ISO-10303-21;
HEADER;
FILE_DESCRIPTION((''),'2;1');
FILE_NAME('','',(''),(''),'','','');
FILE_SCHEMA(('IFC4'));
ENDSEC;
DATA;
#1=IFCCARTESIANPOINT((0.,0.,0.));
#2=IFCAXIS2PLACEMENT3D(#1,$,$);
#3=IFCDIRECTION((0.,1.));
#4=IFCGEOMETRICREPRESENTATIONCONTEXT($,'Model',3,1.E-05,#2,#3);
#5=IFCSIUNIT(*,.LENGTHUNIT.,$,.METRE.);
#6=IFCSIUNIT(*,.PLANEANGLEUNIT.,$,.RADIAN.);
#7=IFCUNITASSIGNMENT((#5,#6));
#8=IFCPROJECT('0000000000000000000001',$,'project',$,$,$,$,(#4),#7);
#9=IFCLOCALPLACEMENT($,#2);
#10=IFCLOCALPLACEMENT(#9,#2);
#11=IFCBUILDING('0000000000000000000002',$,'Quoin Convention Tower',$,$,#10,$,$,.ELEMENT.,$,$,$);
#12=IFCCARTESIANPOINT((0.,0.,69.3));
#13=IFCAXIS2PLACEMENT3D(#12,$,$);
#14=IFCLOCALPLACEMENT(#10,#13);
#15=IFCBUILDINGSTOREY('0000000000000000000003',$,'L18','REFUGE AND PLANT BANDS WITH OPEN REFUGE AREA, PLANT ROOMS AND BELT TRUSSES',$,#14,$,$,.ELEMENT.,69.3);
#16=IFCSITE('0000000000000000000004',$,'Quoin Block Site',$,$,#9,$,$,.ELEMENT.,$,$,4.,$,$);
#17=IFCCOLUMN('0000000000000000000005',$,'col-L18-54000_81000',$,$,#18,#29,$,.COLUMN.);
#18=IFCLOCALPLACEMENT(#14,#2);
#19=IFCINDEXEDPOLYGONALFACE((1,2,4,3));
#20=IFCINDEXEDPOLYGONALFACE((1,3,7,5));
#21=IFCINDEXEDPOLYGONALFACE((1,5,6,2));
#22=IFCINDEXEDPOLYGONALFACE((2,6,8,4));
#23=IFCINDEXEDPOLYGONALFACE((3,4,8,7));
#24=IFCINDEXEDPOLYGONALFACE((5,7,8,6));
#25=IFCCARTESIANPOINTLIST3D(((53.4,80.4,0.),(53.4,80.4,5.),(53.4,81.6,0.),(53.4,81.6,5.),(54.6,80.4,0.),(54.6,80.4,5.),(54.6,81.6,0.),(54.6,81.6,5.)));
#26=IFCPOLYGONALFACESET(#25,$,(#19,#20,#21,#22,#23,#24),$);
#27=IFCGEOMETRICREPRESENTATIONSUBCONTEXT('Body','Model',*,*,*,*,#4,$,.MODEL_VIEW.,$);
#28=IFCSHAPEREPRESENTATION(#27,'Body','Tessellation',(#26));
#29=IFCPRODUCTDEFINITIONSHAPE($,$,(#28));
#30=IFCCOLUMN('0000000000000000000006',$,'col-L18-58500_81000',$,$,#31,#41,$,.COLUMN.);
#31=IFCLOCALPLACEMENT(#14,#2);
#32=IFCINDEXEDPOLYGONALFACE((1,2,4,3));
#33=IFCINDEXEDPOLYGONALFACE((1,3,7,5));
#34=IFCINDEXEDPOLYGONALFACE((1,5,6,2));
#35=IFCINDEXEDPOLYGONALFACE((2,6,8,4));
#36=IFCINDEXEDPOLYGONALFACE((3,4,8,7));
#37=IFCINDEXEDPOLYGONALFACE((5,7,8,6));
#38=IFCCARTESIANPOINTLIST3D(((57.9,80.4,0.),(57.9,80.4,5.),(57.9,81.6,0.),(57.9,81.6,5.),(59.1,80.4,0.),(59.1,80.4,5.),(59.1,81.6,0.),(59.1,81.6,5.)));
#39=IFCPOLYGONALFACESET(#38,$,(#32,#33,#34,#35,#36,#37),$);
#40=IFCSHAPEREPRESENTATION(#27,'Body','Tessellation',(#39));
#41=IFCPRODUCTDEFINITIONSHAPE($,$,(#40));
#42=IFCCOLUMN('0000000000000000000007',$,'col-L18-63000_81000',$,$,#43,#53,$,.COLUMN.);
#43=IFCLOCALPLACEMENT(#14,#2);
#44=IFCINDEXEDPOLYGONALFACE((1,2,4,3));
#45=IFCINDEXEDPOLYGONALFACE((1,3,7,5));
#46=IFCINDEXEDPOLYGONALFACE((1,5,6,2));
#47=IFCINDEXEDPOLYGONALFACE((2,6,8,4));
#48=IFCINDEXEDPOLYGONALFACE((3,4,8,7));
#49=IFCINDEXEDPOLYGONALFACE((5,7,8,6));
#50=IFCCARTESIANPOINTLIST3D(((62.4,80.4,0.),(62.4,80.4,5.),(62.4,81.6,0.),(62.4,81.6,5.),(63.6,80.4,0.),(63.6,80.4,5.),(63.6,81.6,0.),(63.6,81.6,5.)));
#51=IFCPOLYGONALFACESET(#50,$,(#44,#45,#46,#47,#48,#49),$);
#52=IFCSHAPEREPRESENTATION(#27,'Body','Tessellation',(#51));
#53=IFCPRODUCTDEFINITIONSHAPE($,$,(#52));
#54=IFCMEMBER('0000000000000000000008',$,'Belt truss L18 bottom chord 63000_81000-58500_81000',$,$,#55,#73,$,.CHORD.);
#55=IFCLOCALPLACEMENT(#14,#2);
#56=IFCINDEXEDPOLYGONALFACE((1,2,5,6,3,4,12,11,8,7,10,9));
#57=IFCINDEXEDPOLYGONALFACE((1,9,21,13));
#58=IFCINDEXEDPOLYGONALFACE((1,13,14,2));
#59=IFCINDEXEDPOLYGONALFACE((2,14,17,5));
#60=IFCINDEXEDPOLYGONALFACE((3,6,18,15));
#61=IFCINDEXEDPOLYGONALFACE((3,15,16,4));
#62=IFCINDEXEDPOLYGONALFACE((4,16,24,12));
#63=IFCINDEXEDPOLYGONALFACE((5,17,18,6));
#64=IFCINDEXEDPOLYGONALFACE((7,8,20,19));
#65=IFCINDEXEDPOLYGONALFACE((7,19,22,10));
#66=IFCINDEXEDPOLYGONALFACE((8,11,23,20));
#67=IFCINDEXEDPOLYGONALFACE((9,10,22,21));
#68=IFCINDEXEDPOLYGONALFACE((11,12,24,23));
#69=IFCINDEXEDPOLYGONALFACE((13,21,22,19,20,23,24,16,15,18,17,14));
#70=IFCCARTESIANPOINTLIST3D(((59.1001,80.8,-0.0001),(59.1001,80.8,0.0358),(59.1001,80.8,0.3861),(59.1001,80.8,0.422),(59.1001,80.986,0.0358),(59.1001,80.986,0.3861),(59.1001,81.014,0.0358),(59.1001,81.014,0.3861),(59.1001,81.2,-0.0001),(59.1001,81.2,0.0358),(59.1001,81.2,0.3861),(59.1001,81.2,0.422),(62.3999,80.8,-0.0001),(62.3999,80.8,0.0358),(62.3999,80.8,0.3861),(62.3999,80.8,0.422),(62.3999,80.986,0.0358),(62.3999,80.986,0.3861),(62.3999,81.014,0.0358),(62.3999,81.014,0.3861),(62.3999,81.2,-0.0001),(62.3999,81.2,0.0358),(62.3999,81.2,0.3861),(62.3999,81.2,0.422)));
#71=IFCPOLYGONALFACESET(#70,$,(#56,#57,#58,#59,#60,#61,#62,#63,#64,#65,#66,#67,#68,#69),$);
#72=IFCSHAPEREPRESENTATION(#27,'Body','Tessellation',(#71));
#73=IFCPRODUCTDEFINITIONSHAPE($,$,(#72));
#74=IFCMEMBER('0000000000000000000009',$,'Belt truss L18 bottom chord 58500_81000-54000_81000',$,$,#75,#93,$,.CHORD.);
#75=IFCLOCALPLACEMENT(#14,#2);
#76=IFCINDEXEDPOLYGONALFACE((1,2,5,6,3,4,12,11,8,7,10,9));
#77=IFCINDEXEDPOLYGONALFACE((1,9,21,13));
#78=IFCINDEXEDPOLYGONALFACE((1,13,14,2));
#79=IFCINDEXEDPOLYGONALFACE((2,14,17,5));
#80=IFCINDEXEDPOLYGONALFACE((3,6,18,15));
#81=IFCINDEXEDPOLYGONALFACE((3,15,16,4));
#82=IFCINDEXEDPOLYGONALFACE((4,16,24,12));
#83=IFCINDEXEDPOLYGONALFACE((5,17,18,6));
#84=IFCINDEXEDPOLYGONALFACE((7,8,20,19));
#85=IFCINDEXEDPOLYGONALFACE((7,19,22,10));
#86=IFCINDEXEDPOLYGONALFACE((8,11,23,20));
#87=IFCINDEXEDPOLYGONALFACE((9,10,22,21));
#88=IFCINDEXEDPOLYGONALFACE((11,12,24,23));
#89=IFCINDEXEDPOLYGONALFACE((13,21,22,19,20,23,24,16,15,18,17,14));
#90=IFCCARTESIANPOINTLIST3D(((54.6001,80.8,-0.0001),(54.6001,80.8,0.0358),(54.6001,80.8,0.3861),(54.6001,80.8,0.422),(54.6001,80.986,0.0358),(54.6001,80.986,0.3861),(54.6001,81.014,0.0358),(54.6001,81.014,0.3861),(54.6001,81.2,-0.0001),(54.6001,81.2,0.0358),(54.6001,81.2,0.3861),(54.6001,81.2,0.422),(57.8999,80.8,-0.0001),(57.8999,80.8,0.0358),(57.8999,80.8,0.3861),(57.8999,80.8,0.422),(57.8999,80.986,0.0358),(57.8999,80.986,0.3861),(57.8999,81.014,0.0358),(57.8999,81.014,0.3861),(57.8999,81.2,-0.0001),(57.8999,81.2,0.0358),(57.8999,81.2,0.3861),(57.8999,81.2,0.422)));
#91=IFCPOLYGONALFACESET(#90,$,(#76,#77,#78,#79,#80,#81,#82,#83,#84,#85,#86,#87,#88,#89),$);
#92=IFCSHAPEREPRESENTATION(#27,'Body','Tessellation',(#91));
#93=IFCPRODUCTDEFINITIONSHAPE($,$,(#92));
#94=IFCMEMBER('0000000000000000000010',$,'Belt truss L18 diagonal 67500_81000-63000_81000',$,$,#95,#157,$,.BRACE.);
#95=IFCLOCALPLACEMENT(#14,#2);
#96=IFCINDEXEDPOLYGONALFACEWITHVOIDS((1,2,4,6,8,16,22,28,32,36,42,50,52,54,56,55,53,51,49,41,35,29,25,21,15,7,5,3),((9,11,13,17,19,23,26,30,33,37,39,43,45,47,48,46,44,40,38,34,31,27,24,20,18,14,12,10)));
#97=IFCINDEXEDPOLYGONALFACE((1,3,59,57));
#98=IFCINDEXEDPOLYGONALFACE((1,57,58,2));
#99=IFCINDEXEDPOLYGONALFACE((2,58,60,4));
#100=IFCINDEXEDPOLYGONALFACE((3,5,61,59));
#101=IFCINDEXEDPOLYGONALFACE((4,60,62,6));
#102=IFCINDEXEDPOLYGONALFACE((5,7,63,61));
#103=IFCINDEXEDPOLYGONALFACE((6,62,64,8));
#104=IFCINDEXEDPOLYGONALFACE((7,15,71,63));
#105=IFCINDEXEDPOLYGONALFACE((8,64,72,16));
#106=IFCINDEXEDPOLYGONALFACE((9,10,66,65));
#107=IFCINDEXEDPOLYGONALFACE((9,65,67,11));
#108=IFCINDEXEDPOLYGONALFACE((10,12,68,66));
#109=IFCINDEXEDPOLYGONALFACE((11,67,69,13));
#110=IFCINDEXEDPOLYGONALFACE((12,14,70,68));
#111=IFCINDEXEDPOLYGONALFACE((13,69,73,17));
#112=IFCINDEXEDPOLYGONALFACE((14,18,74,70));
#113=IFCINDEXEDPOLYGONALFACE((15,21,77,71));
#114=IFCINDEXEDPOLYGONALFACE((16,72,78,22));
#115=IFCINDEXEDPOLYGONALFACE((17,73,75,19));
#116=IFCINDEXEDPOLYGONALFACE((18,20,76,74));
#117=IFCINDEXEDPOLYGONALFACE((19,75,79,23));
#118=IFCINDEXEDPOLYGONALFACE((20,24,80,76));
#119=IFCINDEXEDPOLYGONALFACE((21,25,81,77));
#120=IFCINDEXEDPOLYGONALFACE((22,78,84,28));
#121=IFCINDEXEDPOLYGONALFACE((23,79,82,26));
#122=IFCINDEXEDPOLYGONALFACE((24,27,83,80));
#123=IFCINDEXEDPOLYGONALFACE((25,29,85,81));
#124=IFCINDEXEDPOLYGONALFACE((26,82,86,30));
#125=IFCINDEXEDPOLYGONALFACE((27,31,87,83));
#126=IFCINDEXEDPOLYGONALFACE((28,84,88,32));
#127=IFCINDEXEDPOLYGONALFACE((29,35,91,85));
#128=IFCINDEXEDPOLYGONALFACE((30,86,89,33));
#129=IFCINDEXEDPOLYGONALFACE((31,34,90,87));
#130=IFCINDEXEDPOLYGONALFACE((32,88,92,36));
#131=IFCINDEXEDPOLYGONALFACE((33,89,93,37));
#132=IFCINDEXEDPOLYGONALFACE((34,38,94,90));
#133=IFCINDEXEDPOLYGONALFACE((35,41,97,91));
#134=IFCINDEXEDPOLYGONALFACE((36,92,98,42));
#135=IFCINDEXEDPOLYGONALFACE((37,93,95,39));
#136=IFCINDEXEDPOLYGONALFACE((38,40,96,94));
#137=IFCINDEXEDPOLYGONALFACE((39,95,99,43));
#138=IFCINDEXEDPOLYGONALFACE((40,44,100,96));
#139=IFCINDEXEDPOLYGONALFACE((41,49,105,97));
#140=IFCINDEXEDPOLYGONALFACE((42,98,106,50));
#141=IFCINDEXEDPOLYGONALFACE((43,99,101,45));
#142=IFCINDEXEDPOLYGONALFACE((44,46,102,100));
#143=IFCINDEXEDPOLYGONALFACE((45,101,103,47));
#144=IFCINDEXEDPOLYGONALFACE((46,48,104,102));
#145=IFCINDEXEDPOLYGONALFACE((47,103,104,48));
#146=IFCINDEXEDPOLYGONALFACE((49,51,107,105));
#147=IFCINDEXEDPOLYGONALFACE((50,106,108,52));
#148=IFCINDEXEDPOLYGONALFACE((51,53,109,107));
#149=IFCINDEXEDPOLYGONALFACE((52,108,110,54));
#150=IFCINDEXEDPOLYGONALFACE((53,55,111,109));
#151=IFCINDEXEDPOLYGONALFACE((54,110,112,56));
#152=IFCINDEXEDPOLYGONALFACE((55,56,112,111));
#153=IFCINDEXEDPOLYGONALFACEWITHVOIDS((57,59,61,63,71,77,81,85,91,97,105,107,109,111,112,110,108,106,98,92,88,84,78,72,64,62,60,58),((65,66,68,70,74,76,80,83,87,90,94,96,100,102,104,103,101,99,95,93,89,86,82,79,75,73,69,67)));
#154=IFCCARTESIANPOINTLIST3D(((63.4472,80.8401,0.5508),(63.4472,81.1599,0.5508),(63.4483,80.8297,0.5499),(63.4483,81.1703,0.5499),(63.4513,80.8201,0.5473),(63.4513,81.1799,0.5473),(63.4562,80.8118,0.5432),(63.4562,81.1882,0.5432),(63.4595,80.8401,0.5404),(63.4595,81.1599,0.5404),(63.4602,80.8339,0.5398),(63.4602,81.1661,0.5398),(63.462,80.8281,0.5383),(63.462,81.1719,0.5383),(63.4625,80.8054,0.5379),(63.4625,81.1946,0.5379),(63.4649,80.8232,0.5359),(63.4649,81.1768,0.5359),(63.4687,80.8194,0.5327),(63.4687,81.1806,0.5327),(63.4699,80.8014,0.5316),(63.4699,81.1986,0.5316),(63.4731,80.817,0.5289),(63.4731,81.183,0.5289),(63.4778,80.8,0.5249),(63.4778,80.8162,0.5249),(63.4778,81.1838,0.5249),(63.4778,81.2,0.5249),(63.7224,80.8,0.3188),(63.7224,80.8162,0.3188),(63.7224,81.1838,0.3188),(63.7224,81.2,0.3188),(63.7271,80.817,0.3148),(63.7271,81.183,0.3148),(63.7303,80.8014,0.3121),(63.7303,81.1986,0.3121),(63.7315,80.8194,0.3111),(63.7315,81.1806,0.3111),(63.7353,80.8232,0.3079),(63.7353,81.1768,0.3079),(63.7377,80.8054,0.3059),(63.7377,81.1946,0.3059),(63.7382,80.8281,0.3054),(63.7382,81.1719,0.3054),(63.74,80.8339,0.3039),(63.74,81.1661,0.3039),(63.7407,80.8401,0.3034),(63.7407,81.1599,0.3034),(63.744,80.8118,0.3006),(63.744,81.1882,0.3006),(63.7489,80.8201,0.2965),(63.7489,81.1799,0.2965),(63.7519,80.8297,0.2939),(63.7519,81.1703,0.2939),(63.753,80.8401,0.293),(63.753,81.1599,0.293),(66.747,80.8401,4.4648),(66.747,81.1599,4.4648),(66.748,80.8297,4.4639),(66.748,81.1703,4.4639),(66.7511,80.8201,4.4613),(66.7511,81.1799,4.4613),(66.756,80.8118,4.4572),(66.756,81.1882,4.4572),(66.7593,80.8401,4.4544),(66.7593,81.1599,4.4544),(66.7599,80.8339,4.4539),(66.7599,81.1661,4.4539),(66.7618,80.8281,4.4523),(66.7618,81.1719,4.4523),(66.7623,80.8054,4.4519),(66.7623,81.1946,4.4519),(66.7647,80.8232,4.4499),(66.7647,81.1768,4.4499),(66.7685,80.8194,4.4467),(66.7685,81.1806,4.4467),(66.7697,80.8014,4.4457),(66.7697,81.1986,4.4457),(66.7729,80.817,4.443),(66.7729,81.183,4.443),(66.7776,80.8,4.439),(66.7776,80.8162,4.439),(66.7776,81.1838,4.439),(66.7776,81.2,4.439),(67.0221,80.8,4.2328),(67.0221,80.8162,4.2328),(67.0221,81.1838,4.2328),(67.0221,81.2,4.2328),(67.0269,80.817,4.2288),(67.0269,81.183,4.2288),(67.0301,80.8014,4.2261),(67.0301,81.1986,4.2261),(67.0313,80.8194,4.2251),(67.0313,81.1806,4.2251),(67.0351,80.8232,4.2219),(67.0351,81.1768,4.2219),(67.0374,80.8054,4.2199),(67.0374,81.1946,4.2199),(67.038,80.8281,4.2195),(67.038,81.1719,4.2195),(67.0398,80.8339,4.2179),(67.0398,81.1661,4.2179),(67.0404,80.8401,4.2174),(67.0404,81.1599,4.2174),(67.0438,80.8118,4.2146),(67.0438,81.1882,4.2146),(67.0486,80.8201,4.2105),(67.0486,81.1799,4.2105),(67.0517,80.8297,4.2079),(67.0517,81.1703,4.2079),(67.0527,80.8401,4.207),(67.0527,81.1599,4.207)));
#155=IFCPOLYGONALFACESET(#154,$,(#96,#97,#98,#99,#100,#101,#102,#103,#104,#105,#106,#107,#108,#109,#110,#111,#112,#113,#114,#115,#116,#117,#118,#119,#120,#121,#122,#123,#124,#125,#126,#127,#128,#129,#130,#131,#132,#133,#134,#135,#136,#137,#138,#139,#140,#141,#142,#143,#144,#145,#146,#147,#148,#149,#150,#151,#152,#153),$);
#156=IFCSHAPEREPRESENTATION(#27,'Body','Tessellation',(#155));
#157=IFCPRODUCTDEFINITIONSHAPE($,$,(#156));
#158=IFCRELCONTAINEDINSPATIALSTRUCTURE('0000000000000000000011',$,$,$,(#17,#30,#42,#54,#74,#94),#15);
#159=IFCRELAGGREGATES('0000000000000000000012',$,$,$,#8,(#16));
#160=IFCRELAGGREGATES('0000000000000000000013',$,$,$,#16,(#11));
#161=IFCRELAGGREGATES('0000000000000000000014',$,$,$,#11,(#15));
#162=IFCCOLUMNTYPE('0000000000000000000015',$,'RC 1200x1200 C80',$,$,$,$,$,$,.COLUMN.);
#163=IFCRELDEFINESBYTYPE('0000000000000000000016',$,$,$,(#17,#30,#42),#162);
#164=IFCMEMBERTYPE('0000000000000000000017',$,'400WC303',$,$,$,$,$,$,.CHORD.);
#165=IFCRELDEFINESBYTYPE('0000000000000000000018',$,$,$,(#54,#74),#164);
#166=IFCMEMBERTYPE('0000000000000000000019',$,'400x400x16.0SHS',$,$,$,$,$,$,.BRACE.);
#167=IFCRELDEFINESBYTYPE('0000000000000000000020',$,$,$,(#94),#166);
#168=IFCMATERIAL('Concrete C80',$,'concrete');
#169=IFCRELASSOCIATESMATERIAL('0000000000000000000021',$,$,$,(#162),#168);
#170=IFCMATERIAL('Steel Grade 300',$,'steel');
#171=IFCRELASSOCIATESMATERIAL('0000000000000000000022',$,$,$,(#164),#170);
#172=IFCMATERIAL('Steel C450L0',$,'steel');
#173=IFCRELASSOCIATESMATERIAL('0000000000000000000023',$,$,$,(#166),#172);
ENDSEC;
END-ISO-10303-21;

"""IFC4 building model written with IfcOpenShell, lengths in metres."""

from ifc_helpers import new_model, si_unit, direction, frame, origin, origin_2d, place, context, subcontext, project, spatial, rectangle, hollow_rectangle, i_section, extrude, material, material_profile, profile_set, type_object, element, save


model = new_model("IFC4")

# Units and contexts
model_context = context("Model", 3, precision=1e-05, world=origin(), true_north=direction((0.0, 1.0)))
body_context = subcontext(model_context, "Body", "Model", "MODEL_VIEW")
ifc_project = project(units=[si_unit("LENGTHUNIT", "METRE"), si_unit("PLANEANGLEUNIT", "RADIAN")], contexts=[model_context])

# Site, building, storey
site_placement = place(None, origin())
site = spatial("IfcSite", under=ifc_project, at=site_placement, Name="Quoin Block Site", CompositionType="ELEMENT", RefElevation=4.0)
building_placement = place(site_placement, origin())
building = spatial("IfcBuilding", under=site, at=building_placement, Name="Quoin Convention Tower", CompositionType="ELEMENT")
storey_placement = place(building_placement, frame((0.0, 0.0, 69.3)))
storey = spatial("IfcBuildingStorey", under=building, at=storey_placement, Name="L18", Description="REFUGE AND PLANT BANDS WITH OPEN REFUGE AREA, PLANT ROOMS AND BELT TRUSSES", CompositionType="ELEMENT", Elevation=69.3)

# Columns
ifc_material_1 = material(Name="Concrete C80", Category="concrete")
ifc_material_profile_1 = material_profile(ifc_material_1, rectangle(XDim=1.2, YDim=1.2, at=origin_2d()), Name="RC 1200x1200")
ifc_profile_set_1 = profile_set([ifc_material_profile_1], Name="Concrete C80")
column_type = type_object("IfcColumnType", Name="RC 1200x1200 C80", PredefinedType="COLUMN", material=ifc_profile_set_1)
for number, where, z_axis, x_axis, name in (
    (1, (54.0, 81.0, 0.0), (0.0, 0.0, 1.0), (1.0, 0.0, 0.0), "col-L18-54000_81000"),
    (2, (58.5, 81.0, 0.0), (0.0, 0.0, 1.0), (1.0, 0.0, 0.0), "col-L18-58500_81000"),
    (3, (63.0, 81.0, 0.0), (0.0, 0.0, 1.0), (1.0, 0.0, 0.0), "col-L18-63000_81000"),
):
    element("IfcColumn", number, at=place(storey_placement, frame(where, z_axis=z_axis, x_axis=x_axis)), inside=storey, type_object=column_type, Name=name, PredefinedType="COLUMN", context=body_context, shape_type="SweptSolid", body=[
        extrude(rectangle(XDim=1.2, YDim=1.2, at=origin_2d()), origin(), (0.0, 0.0, 1.0), 5.0),
    ])

# Members
ifc_material_2 = material(Name="Steel Grade 300", Category="steel")
ifc_material_profile_2 = material_profile(ifc_material_2, i_section(OverallWidth=0.3999, OverallDepth=0.4221, WebThickness=0.0281, FlangeThickness=0.0359, at=origin_2d()), Name="400WC303")
ifc_profile_set_2 = profile_set([ifc_material_profile_2], Name="Steel Grade 300")
member_type_1 = type_object("IfcMemberType", Name="400WC303", PredefinedType="CHORD", material=ifc_profile_set_2)
for number, where, z_axis, x_axis, name in (
    (4, (62.3999, 81.0, 0.2109), (-1.0, 0.0, 0.0), (0.0, -1.0, 0.0), "Belt truss L18 bottom chord 63000_81000-58500_81000"),
    (5, (57.8999, 81.0, 0.2109), (-1.0, 0.0, 0.0), (0.0, -1.0, 0.0), "Belt truss L18 bottom chord 58500_81000-54000_81000"),
):
    element("IfcMember", number, at=place(storey_placement, frame(where, z_axis=z_axis, x_axis=x_axis)), inside=storey, type_object=member_type_1, Name=name, PredefinedType="CHORD", context=body_context, shape_type="SweptSolid", body=[
        extrude(i_section(OverallWidth=0.3999, OverallDepth=0.4221, WebThickness=0.0281, FlangeThickness=0.0359, at=origin_2d()), origin(), (0.0, 0.0, 1.0), 3.2998),
    ])
ifc_material_3 = material(Name="Steel C450L0", Category="steel")
ifc_material_profile_3 = material_profile(ifc_material_3, hollow_rectangle(XDim=0.3999, YDim=0.3999, WallThickness=0.0161, InnerFilletRadius=0.0239, OuterFilletRadius=0.04, at=origin_2d()), Name="400x400x16.0SHS")
ifc_profile_set_3 = profile_set([ifc_material_profile_3], Name="Steel C450L0")
member_type_2 = type_object("IfcMemberType", Name="400x400x16.0SHS", PredefinedType="BRACE", material=ifc_profile_set_3)
for number, where, z_axis, x_axis, name in (
    (6, (63.6001, 81.0, 0.4219), (0.644564, 0.0, 0.76455), (0.0, 1.0, 0.0), "Belt truss L18 diagonal 67500_81000-63000_81000"),
):
    element("IfcMember", number, at=place(storey_placement, frame(where, z_axis=z_axis, x_axis=x_axis)), inside=storey, type_object=member_type_2, Name=name, PredefinedType="BRACE", context=body_context, shape_type="SweptSolid", body=[
        extrude(hollow_rectangle(XDim=0.3999, YDim=0.3999, WallThickness=0.0161, InnerFilletRadius=0.0239, OuterFilletRadius=0.04, at=origin_2d()), origin(), (0.0, 0.0, 1.0), 5.1194),
    ])

save(model, "model.ifc")
